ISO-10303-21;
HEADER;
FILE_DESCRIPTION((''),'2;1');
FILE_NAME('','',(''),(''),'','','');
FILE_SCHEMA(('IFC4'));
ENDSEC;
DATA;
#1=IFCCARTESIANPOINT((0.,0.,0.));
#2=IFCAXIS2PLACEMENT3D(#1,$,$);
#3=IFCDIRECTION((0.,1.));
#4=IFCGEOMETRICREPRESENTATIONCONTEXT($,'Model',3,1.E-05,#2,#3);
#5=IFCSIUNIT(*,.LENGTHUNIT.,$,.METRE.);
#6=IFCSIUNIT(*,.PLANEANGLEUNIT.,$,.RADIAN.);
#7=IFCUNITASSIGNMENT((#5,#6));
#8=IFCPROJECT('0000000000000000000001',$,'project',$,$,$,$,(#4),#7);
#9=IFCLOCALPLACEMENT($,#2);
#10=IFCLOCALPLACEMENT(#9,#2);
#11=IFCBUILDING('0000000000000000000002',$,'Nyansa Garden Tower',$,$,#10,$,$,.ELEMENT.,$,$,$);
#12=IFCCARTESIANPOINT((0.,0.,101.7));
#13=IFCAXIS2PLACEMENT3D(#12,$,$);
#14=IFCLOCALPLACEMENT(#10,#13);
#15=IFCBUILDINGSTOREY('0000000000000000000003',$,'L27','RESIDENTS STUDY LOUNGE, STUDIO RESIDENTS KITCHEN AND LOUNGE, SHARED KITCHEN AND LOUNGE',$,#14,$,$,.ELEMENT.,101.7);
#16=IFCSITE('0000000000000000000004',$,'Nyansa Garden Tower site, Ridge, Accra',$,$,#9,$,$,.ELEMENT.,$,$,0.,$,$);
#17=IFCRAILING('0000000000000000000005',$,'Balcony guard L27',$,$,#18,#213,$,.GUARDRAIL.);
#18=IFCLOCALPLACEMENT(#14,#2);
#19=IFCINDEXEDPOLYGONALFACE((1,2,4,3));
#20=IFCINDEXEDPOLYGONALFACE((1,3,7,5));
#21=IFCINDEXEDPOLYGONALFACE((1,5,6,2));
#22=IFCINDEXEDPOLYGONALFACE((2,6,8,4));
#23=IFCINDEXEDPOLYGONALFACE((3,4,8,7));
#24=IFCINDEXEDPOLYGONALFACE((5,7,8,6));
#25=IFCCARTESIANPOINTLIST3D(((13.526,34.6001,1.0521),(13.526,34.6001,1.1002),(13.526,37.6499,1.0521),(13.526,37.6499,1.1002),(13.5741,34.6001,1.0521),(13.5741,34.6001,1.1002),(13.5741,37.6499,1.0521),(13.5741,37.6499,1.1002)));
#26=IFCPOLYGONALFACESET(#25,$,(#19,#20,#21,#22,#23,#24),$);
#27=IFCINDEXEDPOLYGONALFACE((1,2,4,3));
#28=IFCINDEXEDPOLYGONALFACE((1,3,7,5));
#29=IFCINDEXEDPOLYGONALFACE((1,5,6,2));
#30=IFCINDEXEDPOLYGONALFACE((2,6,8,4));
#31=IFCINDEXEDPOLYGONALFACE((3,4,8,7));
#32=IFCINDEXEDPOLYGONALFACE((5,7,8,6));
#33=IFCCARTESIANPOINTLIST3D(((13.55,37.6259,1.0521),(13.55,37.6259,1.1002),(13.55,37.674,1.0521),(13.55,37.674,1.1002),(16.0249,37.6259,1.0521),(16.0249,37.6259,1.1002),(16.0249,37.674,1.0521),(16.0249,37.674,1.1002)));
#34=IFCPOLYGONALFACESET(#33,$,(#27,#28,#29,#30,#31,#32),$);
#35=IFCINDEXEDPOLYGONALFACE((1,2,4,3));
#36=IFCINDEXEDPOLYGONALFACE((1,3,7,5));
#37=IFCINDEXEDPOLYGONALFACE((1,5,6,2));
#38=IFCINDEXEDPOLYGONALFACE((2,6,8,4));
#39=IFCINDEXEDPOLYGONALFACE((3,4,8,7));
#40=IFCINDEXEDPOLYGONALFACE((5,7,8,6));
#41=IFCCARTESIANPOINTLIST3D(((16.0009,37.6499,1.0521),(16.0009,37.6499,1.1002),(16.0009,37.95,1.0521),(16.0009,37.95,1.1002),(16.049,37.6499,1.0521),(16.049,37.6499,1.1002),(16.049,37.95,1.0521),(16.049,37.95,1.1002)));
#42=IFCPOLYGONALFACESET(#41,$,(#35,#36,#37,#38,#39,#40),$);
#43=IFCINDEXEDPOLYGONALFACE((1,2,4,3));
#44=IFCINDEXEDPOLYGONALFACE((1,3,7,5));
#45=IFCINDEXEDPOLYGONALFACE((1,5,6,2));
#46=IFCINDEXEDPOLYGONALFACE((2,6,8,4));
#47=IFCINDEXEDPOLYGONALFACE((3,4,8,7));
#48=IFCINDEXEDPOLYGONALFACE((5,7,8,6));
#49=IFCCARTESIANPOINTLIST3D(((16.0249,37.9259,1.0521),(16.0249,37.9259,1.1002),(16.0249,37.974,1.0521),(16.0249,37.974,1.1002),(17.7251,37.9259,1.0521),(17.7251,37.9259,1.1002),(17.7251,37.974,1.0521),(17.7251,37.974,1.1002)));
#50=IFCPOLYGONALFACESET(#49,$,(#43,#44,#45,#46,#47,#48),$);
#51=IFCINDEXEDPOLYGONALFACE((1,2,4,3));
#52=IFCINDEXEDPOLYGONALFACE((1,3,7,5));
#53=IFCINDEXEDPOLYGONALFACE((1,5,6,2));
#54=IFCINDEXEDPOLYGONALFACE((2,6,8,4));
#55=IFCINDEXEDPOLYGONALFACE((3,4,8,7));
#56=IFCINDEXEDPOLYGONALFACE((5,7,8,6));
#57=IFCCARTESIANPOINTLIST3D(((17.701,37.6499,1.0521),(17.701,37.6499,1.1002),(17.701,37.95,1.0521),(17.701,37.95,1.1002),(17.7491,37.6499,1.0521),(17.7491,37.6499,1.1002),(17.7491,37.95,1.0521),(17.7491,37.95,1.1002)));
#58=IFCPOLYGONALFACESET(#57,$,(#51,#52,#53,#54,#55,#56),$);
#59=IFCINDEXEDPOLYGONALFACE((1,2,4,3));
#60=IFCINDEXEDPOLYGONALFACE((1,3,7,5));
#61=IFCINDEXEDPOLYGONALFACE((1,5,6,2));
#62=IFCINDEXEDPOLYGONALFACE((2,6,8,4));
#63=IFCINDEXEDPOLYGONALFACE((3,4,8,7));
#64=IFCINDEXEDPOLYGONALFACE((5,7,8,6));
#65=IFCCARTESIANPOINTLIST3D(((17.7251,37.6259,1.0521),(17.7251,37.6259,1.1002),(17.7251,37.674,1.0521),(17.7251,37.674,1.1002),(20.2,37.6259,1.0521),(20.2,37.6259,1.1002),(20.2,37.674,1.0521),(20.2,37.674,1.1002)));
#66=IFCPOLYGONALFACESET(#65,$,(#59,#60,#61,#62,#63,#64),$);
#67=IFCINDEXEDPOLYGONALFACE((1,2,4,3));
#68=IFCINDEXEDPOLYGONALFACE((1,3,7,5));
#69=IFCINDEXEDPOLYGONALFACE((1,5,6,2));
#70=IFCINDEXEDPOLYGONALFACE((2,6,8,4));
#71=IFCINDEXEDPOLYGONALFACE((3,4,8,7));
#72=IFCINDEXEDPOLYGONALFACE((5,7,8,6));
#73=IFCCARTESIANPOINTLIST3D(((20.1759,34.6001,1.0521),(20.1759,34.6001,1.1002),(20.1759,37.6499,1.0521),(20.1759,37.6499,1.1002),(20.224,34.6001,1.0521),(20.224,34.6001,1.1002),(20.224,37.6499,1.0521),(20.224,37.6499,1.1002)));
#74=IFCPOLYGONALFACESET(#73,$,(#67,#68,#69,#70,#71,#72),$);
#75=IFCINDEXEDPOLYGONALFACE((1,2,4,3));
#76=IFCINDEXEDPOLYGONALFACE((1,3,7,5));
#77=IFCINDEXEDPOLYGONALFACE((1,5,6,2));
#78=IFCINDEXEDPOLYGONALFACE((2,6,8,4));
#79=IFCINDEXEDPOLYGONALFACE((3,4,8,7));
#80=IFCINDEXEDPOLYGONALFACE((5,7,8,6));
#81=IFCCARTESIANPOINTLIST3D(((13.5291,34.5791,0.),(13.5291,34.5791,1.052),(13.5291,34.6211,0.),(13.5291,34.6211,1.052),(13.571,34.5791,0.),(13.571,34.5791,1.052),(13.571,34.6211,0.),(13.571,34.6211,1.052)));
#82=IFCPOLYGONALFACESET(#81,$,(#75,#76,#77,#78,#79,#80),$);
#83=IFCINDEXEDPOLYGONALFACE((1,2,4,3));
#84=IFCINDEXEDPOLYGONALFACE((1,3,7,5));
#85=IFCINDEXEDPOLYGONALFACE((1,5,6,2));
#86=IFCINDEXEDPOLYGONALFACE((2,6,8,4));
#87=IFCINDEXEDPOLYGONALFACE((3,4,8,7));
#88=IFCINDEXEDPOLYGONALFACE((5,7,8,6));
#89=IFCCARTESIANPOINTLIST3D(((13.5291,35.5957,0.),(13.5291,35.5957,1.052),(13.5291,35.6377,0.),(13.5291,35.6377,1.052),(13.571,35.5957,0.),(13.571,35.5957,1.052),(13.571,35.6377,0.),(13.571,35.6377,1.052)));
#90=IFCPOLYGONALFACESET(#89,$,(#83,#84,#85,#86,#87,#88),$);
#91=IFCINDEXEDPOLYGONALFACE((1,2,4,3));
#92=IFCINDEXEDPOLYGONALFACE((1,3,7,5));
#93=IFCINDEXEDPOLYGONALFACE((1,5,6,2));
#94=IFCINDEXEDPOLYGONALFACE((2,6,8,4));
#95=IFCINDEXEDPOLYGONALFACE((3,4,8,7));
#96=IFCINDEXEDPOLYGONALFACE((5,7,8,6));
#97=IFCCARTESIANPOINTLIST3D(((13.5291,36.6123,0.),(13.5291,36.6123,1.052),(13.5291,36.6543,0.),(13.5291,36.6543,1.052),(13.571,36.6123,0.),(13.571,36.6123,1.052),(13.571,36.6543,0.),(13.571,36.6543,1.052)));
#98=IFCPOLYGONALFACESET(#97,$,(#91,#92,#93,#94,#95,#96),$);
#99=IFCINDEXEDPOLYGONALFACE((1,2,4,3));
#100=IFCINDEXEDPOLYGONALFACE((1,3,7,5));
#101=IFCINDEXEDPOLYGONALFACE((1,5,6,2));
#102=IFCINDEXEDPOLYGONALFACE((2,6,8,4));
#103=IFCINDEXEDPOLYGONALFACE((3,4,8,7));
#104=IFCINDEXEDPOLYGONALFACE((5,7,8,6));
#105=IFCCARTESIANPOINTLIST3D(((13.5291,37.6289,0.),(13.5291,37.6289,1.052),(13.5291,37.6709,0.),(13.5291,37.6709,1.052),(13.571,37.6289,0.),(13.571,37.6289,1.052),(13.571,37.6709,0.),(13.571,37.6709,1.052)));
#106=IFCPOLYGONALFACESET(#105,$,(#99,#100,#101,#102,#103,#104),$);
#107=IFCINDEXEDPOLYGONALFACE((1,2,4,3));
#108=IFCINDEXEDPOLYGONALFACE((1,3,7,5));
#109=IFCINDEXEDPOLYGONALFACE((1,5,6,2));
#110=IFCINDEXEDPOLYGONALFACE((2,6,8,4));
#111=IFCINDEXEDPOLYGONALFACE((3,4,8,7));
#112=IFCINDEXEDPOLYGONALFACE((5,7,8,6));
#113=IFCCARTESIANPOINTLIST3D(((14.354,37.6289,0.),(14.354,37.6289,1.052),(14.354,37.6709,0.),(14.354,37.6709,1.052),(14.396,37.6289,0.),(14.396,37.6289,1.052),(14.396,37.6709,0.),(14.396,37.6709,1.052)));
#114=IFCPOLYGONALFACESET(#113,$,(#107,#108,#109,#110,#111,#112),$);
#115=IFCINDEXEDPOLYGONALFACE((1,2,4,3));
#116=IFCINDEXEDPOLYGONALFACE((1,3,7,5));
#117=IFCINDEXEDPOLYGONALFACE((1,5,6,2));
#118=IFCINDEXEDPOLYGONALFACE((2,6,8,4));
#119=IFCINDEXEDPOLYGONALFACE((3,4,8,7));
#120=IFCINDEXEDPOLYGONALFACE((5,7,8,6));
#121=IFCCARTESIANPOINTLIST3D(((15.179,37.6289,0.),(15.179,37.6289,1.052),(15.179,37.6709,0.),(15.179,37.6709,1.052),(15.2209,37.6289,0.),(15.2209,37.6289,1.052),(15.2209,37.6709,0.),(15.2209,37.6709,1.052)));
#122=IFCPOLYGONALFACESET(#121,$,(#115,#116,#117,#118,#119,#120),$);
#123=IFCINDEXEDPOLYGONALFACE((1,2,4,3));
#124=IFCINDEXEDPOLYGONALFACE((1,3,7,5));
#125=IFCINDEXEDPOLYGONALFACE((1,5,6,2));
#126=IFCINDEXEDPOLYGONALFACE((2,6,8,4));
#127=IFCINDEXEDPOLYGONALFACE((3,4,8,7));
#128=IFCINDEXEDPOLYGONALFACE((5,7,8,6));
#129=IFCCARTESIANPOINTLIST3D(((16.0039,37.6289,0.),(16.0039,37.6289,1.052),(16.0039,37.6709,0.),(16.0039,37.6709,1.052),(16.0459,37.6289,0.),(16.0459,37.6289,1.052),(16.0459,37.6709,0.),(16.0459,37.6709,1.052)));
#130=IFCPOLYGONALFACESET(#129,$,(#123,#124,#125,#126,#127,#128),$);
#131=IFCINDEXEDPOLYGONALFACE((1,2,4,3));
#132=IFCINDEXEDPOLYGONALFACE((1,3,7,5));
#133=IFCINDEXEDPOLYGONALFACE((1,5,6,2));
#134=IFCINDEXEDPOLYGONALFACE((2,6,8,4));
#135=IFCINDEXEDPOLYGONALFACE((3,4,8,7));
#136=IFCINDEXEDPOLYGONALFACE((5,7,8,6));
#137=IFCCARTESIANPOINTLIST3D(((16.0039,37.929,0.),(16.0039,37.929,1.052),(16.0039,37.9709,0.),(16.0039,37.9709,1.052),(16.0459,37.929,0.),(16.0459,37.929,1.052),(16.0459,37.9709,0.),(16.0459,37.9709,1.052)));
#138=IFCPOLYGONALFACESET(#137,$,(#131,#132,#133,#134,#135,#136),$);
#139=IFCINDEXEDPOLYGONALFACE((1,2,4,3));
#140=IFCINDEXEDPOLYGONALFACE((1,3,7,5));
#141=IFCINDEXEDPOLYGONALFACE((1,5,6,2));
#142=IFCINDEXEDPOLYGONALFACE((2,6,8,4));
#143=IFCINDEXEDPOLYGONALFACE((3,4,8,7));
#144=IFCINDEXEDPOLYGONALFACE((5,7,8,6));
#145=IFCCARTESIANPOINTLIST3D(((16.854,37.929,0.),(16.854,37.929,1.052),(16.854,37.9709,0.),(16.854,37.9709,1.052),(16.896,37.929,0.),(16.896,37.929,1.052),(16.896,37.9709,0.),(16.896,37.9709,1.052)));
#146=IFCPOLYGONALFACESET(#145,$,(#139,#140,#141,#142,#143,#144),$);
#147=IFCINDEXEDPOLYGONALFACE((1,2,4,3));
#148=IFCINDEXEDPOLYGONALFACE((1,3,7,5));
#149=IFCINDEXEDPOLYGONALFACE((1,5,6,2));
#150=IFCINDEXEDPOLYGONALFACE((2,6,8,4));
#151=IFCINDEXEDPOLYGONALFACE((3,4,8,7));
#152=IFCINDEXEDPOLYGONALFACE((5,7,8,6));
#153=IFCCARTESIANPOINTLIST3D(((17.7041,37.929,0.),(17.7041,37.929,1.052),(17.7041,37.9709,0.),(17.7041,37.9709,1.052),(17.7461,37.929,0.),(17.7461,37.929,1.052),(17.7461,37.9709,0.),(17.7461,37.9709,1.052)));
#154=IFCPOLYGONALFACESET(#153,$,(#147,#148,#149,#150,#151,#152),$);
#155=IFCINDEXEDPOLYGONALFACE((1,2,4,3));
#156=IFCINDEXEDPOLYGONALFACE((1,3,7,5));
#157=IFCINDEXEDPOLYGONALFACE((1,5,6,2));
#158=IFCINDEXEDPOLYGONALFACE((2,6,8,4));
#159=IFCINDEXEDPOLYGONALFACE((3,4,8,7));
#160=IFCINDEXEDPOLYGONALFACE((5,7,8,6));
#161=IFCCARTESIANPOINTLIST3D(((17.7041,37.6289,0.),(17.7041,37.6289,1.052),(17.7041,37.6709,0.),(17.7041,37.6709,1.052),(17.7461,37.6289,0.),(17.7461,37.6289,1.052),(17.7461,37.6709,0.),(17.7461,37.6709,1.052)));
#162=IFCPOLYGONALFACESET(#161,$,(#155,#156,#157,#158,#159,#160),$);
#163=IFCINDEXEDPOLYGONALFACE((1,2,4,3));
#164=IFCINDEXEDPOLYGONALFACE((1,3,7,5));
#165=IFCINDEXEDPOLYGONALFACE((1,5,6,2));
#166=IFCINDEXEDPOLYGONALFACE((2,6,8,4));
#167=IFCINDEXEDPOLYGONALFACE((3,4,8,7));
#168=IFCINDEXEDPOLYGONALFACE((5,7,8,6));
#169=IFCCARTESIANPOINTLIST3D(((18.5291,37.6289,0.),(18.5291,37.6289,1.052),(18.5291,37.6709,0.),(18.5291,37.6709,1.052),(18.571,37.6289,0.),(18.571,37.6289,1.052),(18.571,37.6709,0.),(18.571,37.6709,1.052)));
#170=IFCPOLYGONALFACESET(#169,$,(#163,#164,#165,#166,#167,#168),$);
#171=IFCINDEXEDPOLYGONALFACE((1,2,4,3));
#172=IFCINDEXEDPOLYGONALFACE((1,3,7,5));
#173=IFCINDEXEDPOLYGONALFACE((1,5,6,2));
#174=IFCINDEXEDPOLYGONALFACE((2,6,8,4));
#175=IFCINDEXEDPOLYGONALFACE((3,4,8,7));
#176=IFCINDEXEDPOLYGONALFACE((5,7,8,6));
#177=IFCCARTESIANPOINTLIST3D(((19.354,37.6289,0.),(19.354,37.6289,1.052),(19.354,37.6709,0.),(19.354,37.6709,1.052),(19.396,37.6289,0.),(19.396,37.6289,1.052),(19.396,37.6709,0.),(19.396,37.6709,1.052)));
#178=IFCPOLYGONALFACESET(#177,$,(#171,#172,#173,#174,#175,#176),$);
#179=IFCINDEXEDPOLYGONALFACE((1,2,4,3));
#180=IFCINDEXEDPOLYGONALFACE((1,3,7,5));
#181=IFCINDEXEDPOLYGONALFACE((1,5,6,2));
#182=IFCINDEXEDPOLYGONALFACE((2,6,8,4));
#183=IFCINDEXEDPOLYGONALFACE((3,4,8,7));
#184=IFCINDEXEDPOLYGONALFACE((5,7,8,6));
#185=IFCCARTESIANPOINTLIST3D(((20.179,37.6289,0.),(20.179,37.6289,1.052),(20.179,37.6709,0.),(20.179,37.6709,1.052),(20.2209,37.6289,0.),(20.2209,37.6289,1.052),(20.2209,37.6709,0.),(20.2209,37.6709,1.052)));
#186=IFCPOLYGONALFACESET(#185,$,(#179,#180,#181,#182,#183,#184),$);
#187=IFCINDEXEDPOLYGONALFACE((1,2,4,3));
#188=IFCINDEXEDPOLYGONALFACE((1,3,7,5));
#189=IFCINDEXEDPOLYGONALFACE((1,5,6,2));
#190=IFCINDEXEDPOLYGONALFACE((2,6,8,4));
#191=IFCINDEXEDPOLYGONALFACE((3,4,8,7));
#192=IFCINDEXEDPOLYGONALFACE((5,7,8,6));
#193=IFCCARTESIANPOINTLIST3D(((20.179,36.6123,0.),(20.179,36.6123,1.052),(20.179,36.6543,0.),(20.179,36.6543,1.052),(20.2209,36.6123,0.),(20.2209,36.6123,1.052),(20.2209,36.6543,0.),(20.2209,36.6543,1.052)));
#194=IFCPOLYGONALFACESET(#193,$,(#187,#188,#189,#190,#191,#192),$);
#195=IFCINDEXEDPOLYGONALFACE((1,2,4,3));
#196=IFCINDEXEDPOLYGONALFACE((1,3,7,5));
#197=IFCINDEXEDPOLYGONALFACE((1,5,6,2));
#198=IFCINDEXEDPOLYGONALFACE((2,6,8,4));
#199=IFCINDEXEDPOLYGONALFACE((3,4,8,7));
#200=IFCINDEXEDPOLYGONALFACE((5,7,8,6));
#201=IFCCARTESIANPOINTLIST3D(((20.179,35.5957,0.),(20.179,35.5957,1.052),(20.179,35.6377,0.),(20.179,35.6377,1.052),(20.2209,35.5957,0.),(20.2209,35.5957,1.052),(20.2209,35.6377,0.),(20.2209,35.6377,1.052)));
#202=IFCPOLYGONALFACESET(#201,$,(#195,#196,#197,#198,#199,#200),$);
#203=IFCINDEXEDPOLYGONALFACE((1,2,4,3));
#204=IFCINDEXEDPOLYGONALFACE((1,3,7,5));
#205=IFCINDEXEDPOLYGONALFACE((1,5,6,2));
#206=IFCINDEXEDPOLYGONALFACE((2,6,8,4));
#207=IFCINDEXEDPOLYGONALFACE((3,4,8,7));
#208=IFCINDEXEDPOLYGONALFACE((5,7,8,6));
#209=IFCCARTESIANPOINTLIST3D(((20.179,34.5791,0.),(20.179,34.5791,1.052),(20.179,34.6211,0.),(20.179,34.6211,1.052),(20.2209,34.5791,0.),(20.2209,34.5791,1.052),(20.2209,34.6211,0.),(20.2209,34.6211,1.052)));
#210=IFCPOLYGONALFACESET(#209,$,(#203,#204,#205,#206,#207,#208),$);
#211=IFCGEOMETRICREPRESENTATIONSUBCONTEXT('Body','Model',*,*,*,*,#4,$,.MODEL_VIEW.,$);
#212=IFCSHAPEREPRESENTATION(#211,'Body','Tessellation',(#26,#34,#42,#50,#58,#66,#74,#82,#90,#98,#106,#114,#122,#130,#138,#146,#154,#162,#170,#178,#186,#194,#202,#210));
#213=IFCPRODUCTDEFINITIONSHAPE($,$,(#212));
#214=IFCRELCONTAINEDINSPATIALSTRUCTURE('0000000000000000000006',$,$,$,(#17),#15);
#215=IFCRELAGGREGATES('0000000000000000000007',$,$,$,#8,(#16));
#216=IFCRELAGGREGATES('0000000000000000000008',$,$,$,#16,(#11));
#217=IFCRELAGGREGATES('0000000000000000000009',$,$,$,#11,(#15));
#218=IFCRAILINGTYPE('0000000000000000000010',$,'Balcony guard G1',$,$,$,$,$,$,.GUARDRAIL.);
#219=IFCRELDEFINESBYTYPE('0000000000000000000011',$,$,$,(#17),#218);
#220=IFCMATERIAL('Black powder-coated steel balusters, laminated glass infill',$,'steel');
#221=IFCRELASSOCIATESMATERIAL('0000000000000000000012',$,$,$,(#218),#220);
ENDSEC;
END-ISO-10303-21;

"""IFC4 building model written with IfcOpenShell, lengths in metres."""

from ifc_helpers import new_model, si_unit, direction, frame, origin, origin_2d, place, context, subcontext, project, spatial, rectangle, extrude, material, type_object, element, save


model = new_model("IFC4")

# Units and contexts
model_context = context("Model", 3, precision=1e-05, world=origin(), true_north=direction((0.0, 1.0)))
body_context = subcontext(model_context, "Body", "Model", "MODEL_VIEW")
ifc_project = project(units=[si_unit("LENGTHUNIT", "METRE"), si_unit("PLANEANGLEUNIT", "RADIAN")], contexts=[model_context])

# Site, building, storey
site_placement = place(None, origin())
site = spatial("IfcSite", under=ifc_project, at=site_placement, Name="Nyansa Garden Tower site, Ridge, Accra", CompositionType="ELEMENT", RefElevation=0.0)
building_placement = place(site_placement, origin())
building = spatial("IfcBuilding", under=site, at=building_placement, Name="Nyansa Garden Tower", CompositionType="ELEMENT")
storey_placement = place(building_placement, frame((0.0, 0.0, 101.7)))
storey = spatial("IfcBuildingStorey", under=building, at=storey_placement, Name="L27", Description="RESIDENTS STUDY LOUNGE, STUDIO RESIDENTS KITCHEN AND LOUNGE, SHARED KITCHEN AND LOUNGE", CompositionType="ELEMENT", Elevation=101.7)

# Railing
ifc_material_1 = material(Name="Black powder-coated steel balusters, laminated glass infill", Category="steel")
railing_type = type_object("IfcRailingType", Name="Balcony guard G1", PredefinedType="GUARDRAIL", material=ifc_material_1)
railing_placement = place(storey_placement, frame((13.55, 34.6001, 0.0)))
element("IfcRailing", 1, at=railing_placement, inside=storey, type_object=railing_type, Name="Balcony guard L27", PredefinedType="GUARDRAIL", context=body_context, shape_type="SweptSolid", body=[
    extrude(rectangle(XDim=0.0481, YDim=0.0481, at=origin_2d()), frame((0.0, 0.0, 1.0762), z_axis=(0.0, 1.0, 0.0), x_axis=(-1.0, 0.0, 0.0)), (0.0, 0.0, 1.0), 3.0498),
    extrude(rectangle(XDim=0.0481, YDim=0.0481, at=origin_2d()), frame((0.0, 3.0498, 1.0762), z_axis=(1.0, 0.0, 0.0), x_axis=(0.0, 1.0, 0.0)), (0.0, 0.0, 1.0), 2.4749),
    extrude(rectangle(XDim=0.0481, YDim=0.0481, at=origin_2d()), frame((2.4749, 3.0498, 1.0762), z_axis=(0.0, 1.0, 0.0), x_axis=(-1.0, 0.0, 0.0)), (0.0, 0.0, 1.0), 0.3),
    extrude(rectangle(XDim=0.0481, YDim=0.0481, at=origin_2d()), frame((2.4749, 3.3499, 1.0762), z_axis=(1.0, 0.0, 0.0), x_axis=(0.0, 1.0, 0.0)), (0.0, 0.0, 1.0), 1.7002),
    extrude(rectangle(XDim=0.0481, YDim=0.0481, at=origin_2d()), frame((4.175, 3.3499, 1.0762), z_axis=(0.0, -1.0, 0.0), x_axis=(1.0, 0.0, 0.0)), (0.0, 0.0, 1.0), 0.3),
    extrude(rectangle(XDim=0.0481, YDim=0.0481, at=origin_2d()), frame((4.175, 3.0498, 1.0762), z_axis=(1.0, 0.0, 0.0), x_axis=(0.0, 1.0, 0.0)), (0.0, 0.0, 1.0), 2.4749),
    extrude(rectangle(XDim=0.0481, YDim=0.0481, at=origin_2d()), frame((6.6499, 3.0498, 1.0762), z_axis=(0.0, -1.0, 0.0), x_axis=(1.0, 0.0, 0.0)), (0.0, 0.0, 1.0), 3.0498),
    extrude(rectangle(XDim=0.042, YDim=0.042, at=origin_2d()), origin(), (0.0, 0.0, 1.0), 1.052),
    extrude(rectangle(XDim=0.042, YDim=0.042, at=origin_2d()), frame((0.0, 1.0166, 0.0)), (0.0, 0.0, 1.0), 1.052),
    extrude(rectangle(XDim=0.042, YDim=0.042, at=origin_2d()), frame((0.0, 2.0332, 0.0)), (0.0, 0.0, 1.0), 1.052),
    extrude(rectangle(XDim=0.042, YDim=0.042, at=origin_2d()), frame((0.0, 3.0498, 0.0)), (0.0, 0.0, 1.0), 1.052),
    extrude(rectangle(XDim=0.042, YDim=0.042, at=origin_2d()), frame((0.825, 3.0498, 0.0)), (0.0, 0.0, 1.0), 1.052),
    extrude(rectangle(XDim=0.042, YDim=0.042, at=origin_2d()), frame((1.6499, 3.0498, 0.0)), (0.0, 0.0, 1.0), 1.052),
    extrude(rectangle(XDim=0.042, YDim=0.042, at=origin_2d()), frame((2.4749, 3.0498, 0.0)), (0.0, 0.0, 1.0), 1.052),
    extrude(rectangle(XDim=0.042, YDim=0.042, at=origin_2d()), frame((2.4749, 3.3499, 0.0)), (0.0, 0.0, 1.0), 1.052),
    extrude(rectangle(XDim=0.042, YDim=0.042, at=origin_2d()), frame((3.325, 3.3499, 0.0)), (0.0, 0.0, 1.0), 1.052),
    extrude(rectangle(XDim=0.042, YDim=0.042, at=origin_2d()), frame((4.175, 3.3499, 0.0)), (0.0, 0.0, 1.0), 1.052),
    extrude(rectangle(XDim=0.042, YDim=0.042, at=origin_2d()), frame((4.175, 3.0498, 0.0)), (0.0, 0.0, 1.0), 1.052),
    extrude(rectangle(XDim=0.042, YDim=0.042, at=origin_2d()), frame((5.0, 3.0498, 0.0)), (0.0, 0.0, 1.0), 1.052),
    extrude(rectangle(XDim=0.042, YDim=0.042, at=origin_2d()), frame((5.825, 3.0498, 0.0)), (0.0, 0.0, 1.0), 1.052),
    extrude(rectangle(XDim=0.042, YDim=0.042, at=origin_2d()), frame((6.6499, 3.0498, 0.0)), (0.0, 0.0, 1.0), 1.052),
    extrude(rectangle(XDim=0.042, YDim=0.042, at=origin_2d()), frame((6.6499, 2.0332, 0.0)), (0.0, 0.0, 1.0), 1.052),
    extrude(rectangle(XDim=0.042, YDim=0.042, at=origin_2d()), frame((6.6499, 1.0166, 0.0)), (0.0, 0.0, 1.0), 1.052),
    extrude(rectangle(XDim=0.042, YDim=0.042, at=origin_2d()), frame((6.6499, 0.0, 0.0)), (0.0, 0.0, 1.0), 1.052),
])

save(model, "model.ifc")
